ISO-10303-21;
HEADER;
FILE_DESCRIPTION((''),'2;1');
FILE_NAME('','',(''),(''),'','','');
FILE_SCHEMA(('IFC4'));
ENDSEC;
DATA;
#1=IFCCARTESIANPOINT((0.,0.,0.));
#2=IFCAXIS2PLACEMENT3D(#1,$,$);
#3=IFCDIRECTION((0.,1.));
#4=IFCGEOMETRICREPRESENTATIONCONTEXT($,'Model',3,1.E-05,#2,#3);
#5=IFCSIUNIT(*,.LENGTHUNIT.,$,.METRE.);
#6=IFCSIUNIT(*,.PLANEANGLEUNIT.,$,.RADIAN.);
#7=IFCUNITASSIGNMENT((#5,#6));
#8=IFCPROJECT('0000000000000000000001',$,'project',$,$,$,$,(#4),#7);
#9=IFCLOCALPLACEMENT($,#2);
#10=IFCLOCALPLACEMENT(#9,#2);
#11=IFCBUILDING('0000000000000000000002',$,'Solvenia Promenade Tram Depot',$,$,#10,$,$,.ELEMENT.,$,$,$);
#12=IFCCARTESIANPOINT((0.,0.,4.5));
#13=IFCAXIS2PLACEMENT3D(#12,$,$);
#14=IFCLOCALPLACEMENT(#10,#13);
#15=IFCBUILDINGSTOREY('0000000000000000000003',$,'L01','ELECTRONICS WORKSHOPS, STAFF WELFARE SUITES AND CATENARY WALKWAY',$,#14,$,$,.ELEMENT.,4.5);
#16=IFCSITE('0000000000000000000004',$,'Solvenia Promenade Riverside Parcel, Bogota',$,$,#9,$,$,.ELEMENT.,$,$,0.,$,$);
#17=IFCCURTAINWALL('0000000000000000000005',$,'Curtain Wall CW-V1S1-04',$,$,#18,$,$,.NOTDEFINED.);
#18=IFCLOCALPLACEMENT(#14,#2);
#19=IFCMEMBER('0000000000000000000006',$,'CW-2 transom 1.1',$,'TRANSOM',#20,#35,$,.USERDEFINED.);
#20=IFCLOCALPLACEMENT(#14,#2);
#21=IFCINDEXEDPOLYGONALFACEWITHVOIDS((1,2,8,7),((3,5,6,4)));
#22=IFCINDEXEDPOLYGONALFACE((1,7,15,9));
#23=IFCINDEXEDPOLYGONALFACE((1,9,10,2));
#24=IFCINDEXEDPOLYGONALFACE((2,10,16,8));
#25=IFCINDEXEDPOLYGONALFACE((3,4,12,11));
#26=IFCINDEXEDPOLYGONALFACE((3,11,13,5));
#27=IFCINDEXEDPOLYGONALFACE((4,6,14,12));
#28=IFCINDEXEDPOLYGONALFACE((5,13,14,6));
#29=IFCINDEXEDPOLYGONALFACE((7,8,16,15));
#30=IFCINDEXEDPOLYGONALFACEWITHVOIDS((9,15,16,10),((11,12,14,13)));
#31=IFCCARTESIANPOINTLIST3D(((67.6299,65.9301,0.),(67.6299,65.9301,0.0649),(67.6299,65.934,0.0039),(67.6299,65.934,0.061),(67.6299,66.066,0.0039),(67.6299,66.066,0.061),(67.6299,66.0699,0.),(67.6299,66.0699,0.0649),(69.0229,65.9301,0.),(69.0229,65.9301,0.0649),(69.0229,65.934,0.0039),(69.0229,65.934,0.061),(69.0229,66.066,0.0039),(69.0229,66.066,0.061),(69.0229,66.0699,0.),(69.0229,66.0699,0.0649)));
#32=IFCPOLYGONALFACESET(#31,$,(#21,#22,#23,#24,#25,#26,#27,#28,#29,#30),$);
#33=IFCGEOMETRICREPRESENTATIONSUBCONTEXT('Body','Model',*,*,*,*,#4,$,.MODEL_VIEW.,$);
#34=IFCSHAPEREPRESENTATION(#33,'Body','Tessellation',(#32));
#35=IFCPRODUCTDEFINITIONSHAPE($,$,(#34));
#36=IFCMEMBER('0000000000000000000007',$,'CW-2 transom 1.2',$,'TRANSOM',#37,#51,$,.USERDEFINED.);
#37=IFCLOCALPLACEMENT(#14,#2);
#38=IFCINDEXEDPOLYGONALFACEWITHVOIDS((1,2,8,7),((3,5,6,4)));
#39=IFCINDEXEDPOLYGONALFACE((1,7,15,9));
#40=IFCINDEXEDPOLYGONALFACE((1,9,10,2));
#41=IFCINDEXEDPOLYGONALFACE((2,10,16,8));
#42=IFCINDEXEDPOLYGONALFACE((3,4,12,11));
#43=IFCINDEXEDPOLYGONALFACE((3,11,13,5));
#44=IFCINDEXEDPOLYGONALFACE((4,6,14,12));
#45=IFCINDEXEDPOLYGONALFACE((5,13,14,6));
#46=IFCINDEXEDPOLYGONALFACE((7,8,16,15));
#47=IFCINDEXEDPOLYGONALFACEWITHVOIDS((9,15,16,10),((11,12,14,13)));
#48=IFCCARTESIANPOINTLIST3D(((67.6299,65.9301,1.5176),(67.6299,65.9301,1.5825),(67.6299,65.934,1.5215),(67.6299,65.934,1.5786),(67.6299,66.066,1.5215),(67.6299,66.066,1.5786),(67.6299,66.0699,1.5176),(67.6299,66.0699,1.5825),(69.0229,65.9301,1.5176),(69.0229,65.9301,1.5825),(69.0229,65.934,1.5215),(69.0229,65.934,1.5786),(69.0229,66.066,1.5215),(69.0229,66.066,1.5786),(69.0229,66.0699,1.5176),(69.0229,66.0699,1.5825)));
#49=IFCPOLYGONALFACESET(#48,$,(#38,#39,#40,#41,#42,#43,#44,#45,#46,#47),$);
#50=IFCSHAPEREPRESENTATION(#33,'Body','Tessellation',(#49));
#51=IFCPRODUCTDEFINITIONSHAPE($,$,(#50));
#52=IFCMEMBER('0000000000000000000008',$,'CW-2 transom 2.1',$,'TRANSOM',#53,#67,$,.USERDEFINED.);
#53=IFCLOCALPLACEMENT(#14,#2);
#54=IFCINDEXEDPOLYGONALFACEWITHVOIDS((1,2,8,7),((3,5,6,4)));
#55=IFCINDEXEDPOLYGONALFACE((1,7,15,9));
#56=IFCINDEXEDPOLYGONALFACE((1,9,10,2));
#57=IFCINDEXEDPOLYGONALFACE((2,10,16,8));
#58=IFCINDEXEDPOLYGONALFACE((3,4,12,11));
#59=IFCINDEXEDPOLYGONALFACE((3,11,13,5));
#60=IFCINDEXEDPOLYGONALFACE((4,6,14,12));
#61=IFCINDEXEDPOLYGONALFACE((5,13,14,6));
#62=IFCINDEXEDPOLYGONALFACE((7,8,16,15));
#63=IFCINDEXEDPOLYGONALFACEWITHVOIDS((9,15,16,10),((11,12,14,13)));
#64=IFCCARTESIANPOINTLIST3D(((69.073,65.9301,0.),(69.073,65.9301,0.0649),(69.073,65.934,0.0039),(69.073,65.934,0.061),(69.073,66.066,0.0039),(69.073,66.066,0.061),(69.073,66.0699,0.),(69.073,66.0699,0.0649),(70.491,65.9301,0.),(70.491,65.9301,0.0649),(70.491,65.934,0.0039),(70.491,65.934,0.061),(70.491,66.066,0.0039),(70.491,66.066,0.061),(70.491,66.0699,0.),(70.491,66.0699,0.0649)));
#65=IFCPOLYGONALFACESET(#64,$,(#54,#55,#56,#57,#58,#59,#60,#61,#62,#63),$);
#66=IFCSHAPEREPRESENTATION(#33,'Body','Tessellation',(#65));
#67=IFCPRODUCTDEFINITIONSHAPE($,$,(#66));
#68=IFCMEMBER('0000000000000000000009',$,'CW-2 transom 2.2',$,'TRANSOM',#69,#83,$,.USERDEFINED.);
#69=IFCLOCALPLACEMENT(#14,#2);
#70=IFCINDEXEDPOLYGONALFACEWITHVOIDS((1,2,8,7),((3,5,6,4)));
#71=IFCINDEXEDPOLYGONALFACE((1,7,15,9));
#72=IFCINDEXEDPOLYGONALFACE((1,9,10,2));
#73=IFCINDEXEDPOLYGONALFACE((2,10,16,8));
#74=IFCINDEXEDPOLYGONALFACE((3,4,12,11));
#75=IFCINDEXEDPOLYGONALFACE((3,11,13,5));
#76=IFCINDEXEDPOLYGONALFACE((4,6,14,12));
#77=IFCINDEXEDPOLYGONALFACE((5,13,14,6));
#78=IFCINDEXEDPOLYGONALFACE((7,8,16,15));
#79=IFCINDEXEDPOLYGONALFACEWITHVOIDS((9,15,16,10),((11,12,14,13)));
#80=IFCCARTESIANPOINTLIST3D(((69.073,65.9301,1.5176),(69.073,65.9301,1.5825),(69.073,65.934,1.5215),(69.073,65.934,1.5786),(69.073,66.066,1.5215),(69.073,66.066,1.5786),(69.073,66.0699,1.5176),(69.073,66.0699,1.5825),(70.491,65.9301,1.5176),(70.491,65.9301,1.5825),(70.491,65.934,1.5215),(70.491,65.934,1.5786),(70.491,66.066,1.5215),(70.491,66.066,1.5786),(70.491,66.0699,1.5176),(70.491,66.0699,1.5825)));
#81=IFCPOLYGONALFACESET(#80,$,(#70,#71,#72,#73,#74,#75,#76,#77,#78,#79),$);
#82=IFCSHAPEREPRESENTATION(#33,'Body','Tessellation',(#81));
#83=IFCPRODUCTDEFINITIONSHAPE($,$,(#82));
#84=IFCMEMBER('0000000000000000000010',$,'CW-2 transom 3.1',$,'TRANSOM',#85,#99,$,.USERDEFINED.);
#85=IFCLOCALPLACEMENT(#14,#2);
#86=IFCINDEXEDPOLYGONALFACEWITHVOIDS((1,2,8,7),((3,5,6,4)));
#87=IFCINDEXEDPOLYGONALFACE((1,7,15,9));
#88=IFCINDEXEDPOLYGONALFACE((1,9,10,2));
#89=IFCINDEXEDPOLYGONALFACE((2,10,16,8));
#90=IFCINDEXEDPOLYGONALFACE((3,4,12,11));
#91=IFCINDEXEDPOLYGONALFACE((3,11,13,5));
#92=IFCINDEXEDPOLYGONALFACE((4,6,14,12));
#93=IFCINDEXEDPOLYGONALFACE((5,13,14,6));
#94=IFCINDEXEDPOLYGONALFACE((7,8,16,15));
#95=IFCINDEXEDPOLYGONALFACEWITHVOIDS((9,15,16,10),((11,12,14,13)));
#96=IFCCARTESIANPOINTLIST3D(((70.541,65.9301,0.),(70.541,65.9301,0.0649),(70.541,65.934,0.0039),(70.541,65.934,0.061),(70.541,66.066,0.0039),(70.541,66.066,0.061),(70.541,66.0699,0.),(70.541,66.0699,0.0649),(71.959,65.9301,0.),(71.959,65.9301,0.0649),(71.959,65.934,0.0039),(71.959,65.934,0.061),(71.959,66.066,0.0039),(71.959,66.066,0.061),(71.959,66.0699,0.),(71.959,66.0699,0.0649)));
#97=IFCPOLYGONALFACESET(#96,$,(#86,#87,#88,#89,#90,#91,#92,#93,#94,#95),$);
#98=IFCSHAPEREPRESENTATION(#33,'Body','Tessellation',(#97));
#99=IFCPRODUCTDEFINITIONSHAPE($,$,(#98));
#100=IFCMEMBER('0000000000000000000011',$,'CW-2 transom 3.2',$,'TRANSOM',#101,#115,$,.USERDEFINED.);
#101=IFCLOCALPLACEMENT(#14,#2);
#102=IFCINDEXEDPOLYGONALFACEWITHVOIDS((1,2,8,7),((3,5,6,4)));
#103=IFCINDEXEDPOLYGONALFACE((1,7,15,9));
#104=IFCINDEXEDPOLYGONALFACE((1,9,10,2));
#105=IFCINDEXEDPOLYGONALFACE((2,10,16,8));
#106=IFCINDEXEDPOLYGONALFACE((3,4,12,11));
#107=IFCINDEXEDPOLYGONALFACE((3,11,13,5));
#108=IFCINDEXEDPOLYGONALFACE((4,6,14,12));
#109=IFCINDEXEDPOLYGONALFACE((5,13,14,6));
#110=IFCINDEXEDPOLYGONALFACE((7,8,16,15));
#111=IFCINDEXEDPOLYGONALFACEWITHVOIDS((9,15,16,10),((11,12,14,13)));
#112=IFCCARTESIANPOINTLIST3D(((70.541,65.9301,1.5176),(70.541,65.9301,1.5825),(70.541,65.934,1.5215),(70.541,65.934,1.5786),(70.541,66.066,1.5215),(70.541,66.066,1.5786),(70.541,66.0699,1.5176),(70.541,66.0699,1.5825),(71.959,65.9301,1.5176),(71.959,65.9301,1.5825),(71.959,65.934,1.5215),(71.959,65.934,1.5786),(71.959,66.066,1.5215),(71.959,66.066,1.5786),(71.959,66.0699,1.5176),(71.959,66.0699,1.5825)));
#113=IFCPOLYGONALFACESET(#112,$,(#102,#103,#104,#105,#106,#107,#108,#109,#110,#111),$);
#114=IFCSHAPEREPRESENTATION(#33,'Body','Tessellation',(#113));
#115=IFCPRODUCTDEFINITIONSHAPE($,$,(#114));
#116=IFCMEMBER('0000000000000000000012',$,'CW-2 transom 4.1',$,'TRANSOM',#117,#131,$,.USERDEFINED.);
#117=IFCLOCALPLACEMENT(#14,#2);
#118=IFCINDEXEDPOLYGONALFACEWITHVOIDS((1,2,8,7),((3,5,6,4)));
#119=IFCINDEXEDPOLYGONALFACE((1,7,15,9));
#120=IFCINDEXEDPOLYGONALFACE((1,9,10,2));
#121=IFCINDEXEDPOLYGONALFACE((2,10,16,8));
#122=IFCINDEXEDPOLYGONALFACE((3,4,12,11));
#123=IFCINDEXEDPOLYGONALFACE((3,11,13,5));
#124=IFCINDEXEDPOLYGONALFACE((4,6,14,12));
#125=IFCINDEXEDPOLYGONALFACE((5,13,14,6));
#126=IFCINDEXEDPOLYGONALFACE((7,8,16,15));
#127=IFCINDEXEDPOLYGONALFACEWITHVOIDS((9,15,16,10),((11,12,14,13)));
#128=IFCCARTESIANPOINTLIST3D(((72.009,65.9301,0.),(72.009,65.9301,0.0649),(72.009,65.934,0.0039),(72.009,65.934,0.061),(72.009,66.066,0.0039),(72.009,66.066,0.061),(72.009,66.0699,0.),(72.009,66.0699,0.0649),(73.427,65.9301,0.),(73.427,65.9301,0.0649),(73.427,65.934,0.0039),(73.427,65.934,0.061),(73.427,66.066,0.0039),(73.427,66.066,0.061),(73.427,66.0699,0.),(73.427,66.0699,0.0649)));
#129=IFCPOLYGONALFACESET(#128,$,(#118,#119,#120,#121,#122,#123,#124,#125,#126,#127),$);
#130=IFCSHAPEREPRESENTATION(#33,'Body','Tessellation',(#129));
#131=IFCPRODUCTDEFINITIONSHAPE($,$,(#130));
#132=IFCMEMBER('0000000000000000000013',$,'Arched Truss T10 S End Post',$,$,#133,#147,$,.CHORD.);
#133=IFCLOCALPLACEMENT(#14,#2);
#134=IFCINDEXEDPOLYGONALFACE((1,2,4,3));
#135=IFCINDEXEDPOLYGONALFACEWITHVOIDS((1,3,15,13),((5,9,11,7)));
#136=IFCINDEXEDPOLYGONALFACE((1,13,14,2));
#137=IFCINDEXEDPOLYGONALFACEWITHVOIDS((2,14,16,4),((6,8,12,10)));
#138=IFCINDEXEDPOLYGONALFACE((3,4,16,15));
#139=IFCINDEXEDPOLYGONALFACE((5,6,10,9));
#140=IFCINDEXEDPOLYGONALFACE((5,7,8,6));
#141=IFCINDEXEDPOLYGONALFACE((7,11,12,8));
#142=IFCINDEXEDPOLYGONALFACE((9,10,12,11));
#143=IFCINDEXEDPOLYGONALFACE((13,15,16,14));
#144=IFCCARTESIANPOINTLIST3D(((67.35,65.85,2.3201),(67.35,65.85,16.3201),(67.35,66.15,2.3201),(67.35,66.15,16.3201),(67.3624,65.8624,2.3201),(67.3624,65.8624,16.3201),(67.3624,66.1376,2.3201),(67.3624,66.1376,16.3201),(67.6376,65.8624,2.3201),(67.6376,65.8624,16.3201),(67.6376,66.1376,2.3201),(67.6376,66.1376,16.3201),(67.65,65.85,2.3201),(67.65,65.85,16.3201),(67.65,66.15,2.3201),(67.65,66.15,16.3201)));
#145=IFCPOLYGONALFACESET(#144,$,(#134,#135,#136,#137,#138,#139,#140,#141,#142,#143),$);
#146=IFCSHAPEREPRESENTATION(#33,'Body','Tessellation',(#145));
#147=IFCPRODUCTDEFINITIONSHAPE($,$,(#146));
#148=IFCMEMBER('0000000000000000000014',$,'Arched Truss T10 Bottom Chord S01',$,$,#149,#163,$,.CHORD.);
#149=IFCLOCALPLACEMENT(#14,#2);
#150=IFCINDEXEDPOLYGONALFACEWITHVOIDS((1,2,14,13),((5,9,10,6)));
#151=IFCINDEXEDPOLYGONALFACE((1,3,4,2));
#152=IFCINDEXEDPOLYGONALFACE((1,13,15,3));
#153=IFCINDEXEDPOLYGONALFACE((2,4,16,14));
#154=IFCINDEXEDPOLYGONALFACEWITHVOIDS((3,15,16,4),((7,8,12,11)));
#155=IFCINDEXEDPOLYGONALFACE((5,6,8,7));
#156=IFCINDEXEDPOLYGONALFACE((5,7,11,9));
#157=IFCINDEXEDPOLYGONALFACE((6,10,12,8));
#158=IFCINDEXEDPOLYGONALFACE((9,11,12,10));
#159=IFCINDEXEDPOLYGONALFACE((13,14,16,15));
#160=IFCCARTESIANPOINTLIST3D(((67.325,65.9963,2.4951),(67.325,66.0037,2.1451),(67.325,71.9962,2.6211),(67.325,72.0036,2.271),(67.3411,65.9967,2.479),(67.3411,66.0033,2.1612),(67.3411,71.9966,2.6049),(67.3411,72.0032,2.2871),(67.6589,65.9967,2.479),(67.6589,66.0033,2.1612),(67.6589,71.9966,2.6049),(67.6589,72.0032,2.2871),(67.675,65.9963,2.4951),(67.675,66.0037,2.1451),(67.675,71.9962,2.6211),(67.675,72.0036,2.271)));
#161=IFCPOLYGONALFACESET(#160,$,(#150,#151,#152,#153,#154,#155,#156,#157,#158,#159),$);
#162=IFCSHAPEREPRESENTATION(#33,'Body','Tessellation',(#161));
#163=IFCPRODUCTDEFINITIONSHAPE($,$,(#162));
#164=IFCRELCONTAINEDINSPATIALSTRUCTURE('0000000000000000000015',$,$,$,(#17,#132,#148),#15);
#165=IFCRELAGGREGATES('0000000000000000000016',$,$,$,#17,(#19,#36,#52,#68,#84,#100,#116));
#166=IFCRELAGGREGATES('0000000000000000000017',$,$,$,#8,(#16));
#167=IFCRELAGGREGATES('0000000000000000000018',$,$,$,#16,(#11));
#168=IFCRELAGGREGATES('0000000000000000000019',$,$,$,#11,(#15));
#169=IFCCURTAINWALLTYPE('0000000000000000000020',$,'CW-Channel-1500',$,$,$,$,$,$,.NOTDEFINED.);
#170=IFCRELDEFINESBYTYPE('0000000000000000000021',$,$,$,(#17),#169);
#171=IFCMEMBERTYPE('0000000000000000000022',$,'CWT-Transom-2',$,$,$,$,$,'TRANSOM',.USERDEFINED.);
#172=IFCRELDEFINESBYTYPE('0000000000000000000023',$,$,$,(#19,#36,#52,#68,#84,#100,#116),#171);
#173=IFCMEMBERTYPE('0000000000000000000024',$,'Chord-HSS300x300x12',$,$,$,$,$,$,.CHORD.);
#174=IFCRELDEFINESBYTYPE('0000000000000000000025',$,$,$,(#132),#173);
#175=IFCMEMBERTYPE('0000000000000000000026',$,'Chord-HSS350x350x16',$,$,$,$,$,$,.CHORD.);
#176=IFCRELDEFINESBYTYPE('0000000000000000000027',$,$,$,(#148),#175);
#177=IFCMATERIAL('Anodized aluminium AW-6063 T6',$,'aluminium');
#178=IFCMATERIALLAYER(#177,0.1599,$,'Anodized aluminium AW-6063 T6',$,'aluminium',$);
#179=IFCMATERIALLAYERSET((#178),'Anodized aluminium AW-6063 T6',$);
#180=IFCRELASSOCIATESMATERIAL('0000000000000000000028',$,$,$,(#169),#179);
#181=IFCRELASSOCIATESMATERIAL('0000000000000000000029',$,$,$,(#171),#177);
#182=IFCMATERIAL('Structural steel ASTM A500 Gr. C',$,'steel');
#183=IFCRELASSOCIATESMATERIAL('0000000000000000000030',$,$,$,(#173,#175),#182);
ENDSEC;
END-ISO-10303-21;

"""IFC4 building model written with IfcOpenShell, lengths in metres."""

from ifc_helpers import new_model, si_unit, direction, frame, origin, origin_2d, place, context, subcontext, project, spatial, hollow_rectangle, extrude, material, layer, layer_set, material_profile, profile_set, type_object, element, aggregate, save


model = new_model("IFC4")

# Units and contexts
model_context = context("Model", 3, precision=1e-05, world=origin(), true_north=direction((0.0, 1.0)))
body_context = subcontext(model_context, "Body", "Model", "MODEL_VIEW")
ifc_project = project(units=[si_unit("LENGTHUNIT", "METRE"), si_unit("PLANEANGLEUNIT", "RADIAN")], contexts=[model_context])

# Site, building, storey
site_placement = place(None, origin())
site = spatial("IfcSite", under=ifc_project, at=site_placement, Name="Solvenia Promenade Riverside Parcel, Bogota", CompositionType="ELEMENT", RefElevation=0.0)
building_placement = place(site_placement, origin())
building = spatial("IfcBuilding", under=site, at=building_placement, Name="Solvenia Promenade Tram Depot", CompositionType="ELEMENT")
storey_placement = place(building_placement, frame((0.0, 0.0, 4.5)))
storey = spatial("IfcBuildingStorey", under=building, at=storey_placement, Name="L01", Description="ELECTRONICS WORKSHOPS, STAFF WELFARE SUITES AND CATENARY WALKWAY", CompositionType="ELEMENT", Elevation=4.5)

# Shared definitions
ifc_material_1 = material(Name="Structural steel ASTM A500 Gr. C", Category="steel")

# Shared definitions
ifc_material_2 = material(Name="Anodized aluminium AW-6063 T6", Category="aluminium")
ifc_layer_1 = layer(ifc_material_2, 0.1599, Name="Anodized aluminium AW-6063 T6", Category="aluminium")
ifc_layer_set_1 = layer_set([ifc_layer_1], Name="Anodized aluminium AW-6063 T6")
curtain_wall_type = type_object("IfcCurtainWallType", Name="CW-Channel-1500", PredefinedType="NOTDEFINED", material=ifc_layer_set_1)

# Curtain wall, members
curtain_wall_1_placement = place(storey_placement, origin())
curtain_wall_1 = element("IfcCurtainWall", 1, at=curtain_wall_1_placement, inside=storey, type_object=curtain_wall_type, Name="Curtain Wall CW-V1S1-04", PredefinedType="NOTDEFINED")
ifc_material_profile_1 = material_profile(ifc_material_2, hollow_rectangle(XDim=0.1399, YDim=0.0649, WallThickness=0.0039, at=origin_2d()), Name="ALU-T2", Category="aluminium")
ifc_profile_set_1 = profile_set([ifc_material_profile_1], Name="Anodized aluminium AW-6063 T6")
member_type_1 = type_object("IfcMemberType", Name="CWT-Transom-2", ElementType="TRANSOM", PredefinedType="USERDEFINED", material=ifc_profile_set_1)
member_1_placement = place(storey_placement, frame((67.6299, 66.0, 0.0325), z_axis=(1.0, 0.0, 0.0), x_axis=(0.0, 1.0, 0.0)))
member_1 = element("IfcMember", 2, at=member_1_placement, type_object=member_type_1, Name="CW-2 transom 1.1", ObjectType="TRANSOM", PredefinedType="USERDEFINED", context=body_context, shape_type="SweptSolid", body=[
    extrude(hollow_rectangle(XDim=0.1399, YDim=0.0649, WallThickness=0.0039, at=origin_2d()), origin(), (0.0, 0.0, 1.0), 1.3931),
])
member_2_placement = place(storey_placement, frame((67.6299, 66.0, 1.55), z_axis=(1.0, 0.0, 0.0), x_axis=(0.0, 1.0, 0.0)))
member_2 = element("IfcMember", 3, at=member_2_placement, type_object=member_type_1, Name="CW-2 transom 1.2", ObjectType="TRANSOM", PredefinedType="USERDEFINED", context=body_context, shape_type="SweptSolid", body=[
    extrude(hollow_rectangle(XDim=0.1399, YDim=0.0649, WallThickness=0.0039, at=origin_2d()), origin(), (0.0, 0.0, 1.0), 1.3931),
])
member_3_placement = place(storey_placement, frame((69.073, 66.0, 0.0325), z_axis=(1.0, 0.0, 0.0), x_axis=(0.0, 1.0, 0.0)))
member_3 = element("IfcMember", 4, at=member_3_placement, type_object=member_type_1, Name="CW-2 transom 2.1", ObjectType="TRANSOM", PredefinedType="USERDEFINED", context=body_context, shape_type="SweptSolid", body=[
    extrude(hollow_rectangle(XDim=0.1399, YDim=0.0649, WallThickness=0.0039, at=origin_2d()), origin(), (0.0, 0.0, 1.0), 1.418),
])
member_4_placement = place(storey_placement, frame((69.073, 66.0, 1.55), z_axis=(1.0, 0.0, 0.0), x_axis=(0.0, 1.0, 0.0)))
member_4 = element("IfcMember", 5, at=member_4_placement, type_object=member_type_1, Name="CW-2 transom 2.2", ObjectType="TRANSOM", PredefinedType="USERDEFINED", context=body_context, shape_type="SweptSolid", body=[
    extrude(hollow_rectangle(XDim=0.1399, YDim=0.0649, WallThickness=0.0039, at=origin_2d()), origin(), (0.0, 0.0, 1.0), 1.418),
])
member_5_placement = place(storey_placement, frame((70.541, 66.0, 0.0325), z_axis=(1.0, 0.0, 0.0), x_axis=(0.0, 1.0, 0.0)))
member_5 = element("IfcMember", 6, at=member_5_placement, type_object=member_type_1, Name="CW-2 transom 3.1", ObjectType="TRANSOM", PredefinedType="USERDEFINED", context=body_context, shape_type="SweptSolid", body=[
    extrude(hollow_rectangle(XDim=0.1399, YDim=0.0649, WallThickness=0.0039, at=origin_2d()), origin(), (0.0, 0.0, 1.0), 1.418),
])
member_6_placement = place(storey_placement, frame((70.541, 66.0, 1.55), z_axis=(1.0, 0.0, 0.0), x_axis=(0.0, 1.0, 0.0)))
member_6 = element("IfcMember", 7, at=member_6_placement, type_object=member_type_1, Name="CW-2 transom 3.2", ObjectType="TRANSOM", PredefinedType="USERDEFINED", context=body_context, shape_type="SweptSolid", body=[
    extrude(hollow_rectangle(XDim=0.1399, YDim=0.0649, WallThickness=0.0039, at=origin_2d()), origin(), (0.0, 0.0, 1.0), 1.418),
])
member_7_placement = place(storey_placement, frame((72.009, 66.0, 0.0325), z_axis=(1.0, 0.0, 0.0), x_axis=(0.0, 1.0, 0.0)))
member_7 = element("IfcMember", 8, at=member_7_placement, type_object=member_type_1, Name="CW-2 transom 4.1", ObjectType="TRANSOM", PredefinedType="USERDEFINED", context=body_context, shape_type="SweptSolid", body=[
    extrude(hollow_rectangle(XDim=0.1399, YDim=0.0649, WallThickness=0.0039, at=origin_2d()), origin(), (0.0, 0.0, 1.0), 1.418),
])

# Members
ifc_material_profile_2 = material_profile(ifc_material_1, hollow_rectangle(XDim=0.3, YDim=0.3, WallThickness=0.0125, at=origin_2d()), Name="HSS300x300x12.5", Category="steel")
ifc_profile_set_2 = profile_set([ifc_material_profile_2], Name="Structural steel ASTM A500 Gr. C")
member_type_2 = type_object("IfcMemberType", Name="Chord-HSS300x300x12", PredefinedType="CHORD", material=ifc_profile_set_2)
member_8_placement = place(storey_placement, frame((67.5, 66.0, 2.3201), z_axis=(0.0, 0.0, 1.0), x_axis=(1.0, 0.0, 0.0)))
element("IfcMember", 9, at=member_8_placement, inside=storey, type_object=member_type_2, Name="Arched Truss T10 S End Post", PredefinedType="CHORD", context=body_context, shape_type="SweptSolid", body=[
    extrude(hollow_rectangle(XDim=0.3, YDim=0.3, WallThickness=0.0125, at=origin_2d()), origin(), (0.0, 0.0, 1.0), 14.0),
])
ifc_material_profile_3 = material_profile(ifc_material_1, hollow_rectangle(XDim=0.3501, YDim=0.3501, WallThickness=0.0161, at=origin_2d()), Name="HSS350x350x16", Category="steel")
ifc_profile_set_3 = profile_set([ifc_material_profile_3], Name="Structural steel ASTM A500 Gr. C")
member_type_3 = type_object("IfcMemberType", Name="Chord-HSS350x350x16", PredefinedType="CHORD", material=ifc_profile_set_3)
member_9_placement = place(storey_placement, frame((67.5, 66.0, 2.3201), z_axis=(0.0, 0.99978, 0.020991), x_axis=(-1.0, 0.0, 0.0)))
element("IfcMember", 10, at=member_9_placement, inside=storey, type_object=member_type_3, Name="Arched Truss T10 Bottom Chord S01", PredefinedType="CHORD", context=body_context, shape_type="SweptSolid", body=[
    extrude(hollow_rectangle(XDim=0.3501, YDim=0.3501, WallThickness=0.0161, at=origin_2d()), origin(), (0.0, 0.0, 1.0), 6.0012),
])

aggregate(curtain_wall_1, [member_1, member_2, member_3, member_4, member_5, member_6, member_7])

save(model, "model.ifc")
